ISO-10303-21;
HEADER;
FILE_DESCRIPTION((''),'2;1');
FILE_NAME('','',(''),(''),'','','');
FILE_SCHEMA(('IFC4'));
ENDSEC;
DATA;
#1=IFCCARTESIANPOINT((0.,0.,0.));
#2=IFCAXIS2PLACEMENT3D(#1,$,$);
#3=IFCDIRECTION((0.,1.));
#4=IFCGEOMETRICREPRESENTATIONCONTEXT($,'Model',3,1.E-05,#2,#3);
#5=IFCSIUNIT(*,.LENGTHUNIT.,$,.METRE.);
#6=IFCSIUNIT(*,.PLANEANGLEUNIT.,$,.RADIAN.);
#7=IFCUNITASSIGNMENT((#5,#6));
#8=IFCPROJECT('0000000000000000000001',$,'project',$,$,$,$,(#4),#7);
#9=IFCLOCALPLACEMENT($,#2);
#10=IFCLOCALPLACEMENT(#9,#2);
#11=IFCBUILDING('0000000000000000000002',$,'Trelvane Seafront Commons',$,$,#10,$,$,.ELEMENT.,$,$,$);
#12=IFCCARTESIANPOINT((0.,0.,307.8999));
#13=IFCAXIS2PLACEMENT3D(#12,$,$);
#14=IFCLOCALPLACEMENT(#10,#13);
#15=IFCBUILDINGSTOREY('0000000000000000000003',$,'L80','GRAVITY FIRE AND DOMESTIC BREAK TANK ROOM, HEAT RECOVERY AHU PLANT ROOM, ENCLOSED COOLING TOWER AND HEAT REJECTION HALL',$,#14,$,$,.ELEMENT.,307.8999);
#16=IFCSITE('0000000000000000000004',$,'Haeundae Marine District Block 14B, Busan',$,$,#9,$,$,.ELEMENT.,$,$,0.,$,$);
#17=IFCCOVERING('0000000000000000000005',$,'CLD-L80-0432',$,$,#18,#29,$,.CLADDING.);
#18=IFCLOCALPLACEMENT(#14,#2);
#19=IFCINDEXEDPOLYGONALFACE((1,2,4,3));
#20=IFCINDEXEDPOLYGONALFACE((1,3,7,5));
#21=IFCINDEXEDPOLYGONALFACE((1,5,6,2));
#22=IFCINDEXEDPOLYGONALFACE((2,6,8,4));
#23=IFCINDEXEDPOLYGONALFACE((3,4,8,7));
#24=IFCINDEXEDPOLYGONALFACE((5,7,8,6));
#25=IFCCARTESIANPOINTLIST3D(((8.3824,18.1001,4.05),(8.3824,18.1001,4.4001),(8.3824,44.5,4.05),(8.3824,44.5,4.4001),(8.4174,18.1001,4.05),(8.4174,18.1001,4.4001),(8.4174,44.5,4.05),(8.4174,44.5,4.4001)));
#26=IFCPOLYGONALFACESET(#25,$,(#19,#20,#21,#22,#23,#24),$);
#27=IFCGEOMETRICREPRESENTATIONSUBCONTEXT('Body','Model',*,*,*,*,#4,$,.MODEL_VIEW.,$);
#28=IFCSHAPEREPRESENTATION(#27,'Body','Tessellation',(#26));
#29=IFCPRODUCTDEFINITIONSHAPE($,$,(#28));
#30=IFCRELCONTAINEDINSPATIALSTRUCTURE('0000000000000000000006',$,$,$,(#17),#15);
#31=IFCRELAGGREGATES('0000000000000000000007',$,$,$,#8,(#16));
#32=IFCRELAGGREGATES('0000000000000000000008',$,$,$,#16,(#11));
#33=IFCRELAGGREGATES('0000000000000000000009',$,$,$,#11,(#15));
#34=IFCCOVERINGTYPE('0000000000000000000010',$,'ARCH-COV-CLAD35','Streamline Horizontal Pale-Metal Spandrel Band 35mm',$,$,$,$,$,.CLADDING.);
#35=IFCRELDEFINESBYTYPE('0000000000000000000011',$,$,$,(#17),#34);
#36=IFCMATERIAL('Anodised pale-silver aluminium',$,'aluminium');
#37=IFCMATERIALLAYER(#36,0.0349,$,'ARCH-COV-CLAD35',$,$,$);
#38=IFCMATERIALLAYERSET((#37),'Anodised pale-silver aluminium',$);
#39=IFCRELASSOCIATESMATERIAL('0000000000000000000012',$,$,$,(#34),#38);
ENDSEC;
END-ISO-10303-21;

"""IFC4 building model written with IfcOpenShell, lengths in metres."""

from ifc_helpers import new_model, si_unit, direction, frame, origin, origin_2d, place, context, subcontext, project, spatial, rectangle, extrude, source, transform, mapped, material, layer, layer_set, type_object, element, save


model = new_model("IFC4")

# Units and contexts
model_context = context("Model", 3, precision=1e-05, world=origin(), true_north=direction((0.0, 1.0)))
body_context = subcontext(model_context, "Body", "Model", "MODEL_VIEW")
ifc_project = project(units=[si_unit("LENGTHUNIT", "METRE"), si_unit("PLANEANGLEUNIT", "RADIAN")], contexts=[model_context])

# Site, building, storey
site_placement = place(None, origin())
site = spatial("IfcSite", under=ifc_project, at=site_placement, Name="Haeundae Marine District Block 14B, Busan", CompositionType="ELEMENT", RefElevation=0.0)
building_placement = place(site_placement, origin())
building = spatial("IfcBuilding", under=site, at=building_placement, Name="Trelvane Seafront Commons", CompositionType="ELEMENT")
storey_placement = place(building_placement, frame((0.0, 0.0, 307.8999)))
storey = spatial("IfcBuildingStorey", under=building, at=storey_placement, Name="L80", Description="GRAVITY FIRE AND DOMESTIC BREAK TANK ROOM, HEAT RECOVERY AHU PLANT ROOM, ENCLOSED COOLING TOWER AND HEAT REJECTION HALL", CompositionType="ELEMENT", Elevation=307.8999)

# Shared definitions
ifc_material_1 = material(Name="Anodised pale-silver aluminium", Category="aluminium")

# Covering
ifc_layer_1 = layer(ifc_material_1, 0.0349, Name="ARCH-COV-CLAD35")
ifc_layer_set_1 = layer_set([ifc_layer_1], Name="Anodised pale-silver aluminium")
covering_type = type_object("IfcCoveringType", Name="ARCH-COV-CLAD35", Description="Streamline Horizontal Pale-Metal Spandrel Band 35mm", PredefinedType="CLADDING", material=ifc_layer_set_1)
shared_shape_1 = source(origin(), body_context, "Body", "SweptSolid", [
    extrude(rectangle(XDim=26.3999, YDim=0.0349, at=origin_2d()), origin(), (0.0, 0.0, 1.0), 0.3501),
])
covering_placement = place(storey_placement, frame((8.3999, 31.3, 4.05), z_axis=(0.0, 0.0, 1.0), x_axis=(0.0, 1.0, 0.0)))
element("IfcCovering", 1, at=covering_placement, inside=storey, type_object=covering_type, Name="CLD-L80-0432", PredefinedType="CLADDING", context=body_context, shape_type="MappedRepresentation", body=[
    mapped(shared_shape_1, transform((0.0, 0.0, 0.0), x_axis=(1.0, 0.0, 0.0), y_axis=(0.0, 1.0, 0.0), z_axis=(0.0, 0.0, 1.0), scale=1.0)),
])

save(model, "model.ifc")
